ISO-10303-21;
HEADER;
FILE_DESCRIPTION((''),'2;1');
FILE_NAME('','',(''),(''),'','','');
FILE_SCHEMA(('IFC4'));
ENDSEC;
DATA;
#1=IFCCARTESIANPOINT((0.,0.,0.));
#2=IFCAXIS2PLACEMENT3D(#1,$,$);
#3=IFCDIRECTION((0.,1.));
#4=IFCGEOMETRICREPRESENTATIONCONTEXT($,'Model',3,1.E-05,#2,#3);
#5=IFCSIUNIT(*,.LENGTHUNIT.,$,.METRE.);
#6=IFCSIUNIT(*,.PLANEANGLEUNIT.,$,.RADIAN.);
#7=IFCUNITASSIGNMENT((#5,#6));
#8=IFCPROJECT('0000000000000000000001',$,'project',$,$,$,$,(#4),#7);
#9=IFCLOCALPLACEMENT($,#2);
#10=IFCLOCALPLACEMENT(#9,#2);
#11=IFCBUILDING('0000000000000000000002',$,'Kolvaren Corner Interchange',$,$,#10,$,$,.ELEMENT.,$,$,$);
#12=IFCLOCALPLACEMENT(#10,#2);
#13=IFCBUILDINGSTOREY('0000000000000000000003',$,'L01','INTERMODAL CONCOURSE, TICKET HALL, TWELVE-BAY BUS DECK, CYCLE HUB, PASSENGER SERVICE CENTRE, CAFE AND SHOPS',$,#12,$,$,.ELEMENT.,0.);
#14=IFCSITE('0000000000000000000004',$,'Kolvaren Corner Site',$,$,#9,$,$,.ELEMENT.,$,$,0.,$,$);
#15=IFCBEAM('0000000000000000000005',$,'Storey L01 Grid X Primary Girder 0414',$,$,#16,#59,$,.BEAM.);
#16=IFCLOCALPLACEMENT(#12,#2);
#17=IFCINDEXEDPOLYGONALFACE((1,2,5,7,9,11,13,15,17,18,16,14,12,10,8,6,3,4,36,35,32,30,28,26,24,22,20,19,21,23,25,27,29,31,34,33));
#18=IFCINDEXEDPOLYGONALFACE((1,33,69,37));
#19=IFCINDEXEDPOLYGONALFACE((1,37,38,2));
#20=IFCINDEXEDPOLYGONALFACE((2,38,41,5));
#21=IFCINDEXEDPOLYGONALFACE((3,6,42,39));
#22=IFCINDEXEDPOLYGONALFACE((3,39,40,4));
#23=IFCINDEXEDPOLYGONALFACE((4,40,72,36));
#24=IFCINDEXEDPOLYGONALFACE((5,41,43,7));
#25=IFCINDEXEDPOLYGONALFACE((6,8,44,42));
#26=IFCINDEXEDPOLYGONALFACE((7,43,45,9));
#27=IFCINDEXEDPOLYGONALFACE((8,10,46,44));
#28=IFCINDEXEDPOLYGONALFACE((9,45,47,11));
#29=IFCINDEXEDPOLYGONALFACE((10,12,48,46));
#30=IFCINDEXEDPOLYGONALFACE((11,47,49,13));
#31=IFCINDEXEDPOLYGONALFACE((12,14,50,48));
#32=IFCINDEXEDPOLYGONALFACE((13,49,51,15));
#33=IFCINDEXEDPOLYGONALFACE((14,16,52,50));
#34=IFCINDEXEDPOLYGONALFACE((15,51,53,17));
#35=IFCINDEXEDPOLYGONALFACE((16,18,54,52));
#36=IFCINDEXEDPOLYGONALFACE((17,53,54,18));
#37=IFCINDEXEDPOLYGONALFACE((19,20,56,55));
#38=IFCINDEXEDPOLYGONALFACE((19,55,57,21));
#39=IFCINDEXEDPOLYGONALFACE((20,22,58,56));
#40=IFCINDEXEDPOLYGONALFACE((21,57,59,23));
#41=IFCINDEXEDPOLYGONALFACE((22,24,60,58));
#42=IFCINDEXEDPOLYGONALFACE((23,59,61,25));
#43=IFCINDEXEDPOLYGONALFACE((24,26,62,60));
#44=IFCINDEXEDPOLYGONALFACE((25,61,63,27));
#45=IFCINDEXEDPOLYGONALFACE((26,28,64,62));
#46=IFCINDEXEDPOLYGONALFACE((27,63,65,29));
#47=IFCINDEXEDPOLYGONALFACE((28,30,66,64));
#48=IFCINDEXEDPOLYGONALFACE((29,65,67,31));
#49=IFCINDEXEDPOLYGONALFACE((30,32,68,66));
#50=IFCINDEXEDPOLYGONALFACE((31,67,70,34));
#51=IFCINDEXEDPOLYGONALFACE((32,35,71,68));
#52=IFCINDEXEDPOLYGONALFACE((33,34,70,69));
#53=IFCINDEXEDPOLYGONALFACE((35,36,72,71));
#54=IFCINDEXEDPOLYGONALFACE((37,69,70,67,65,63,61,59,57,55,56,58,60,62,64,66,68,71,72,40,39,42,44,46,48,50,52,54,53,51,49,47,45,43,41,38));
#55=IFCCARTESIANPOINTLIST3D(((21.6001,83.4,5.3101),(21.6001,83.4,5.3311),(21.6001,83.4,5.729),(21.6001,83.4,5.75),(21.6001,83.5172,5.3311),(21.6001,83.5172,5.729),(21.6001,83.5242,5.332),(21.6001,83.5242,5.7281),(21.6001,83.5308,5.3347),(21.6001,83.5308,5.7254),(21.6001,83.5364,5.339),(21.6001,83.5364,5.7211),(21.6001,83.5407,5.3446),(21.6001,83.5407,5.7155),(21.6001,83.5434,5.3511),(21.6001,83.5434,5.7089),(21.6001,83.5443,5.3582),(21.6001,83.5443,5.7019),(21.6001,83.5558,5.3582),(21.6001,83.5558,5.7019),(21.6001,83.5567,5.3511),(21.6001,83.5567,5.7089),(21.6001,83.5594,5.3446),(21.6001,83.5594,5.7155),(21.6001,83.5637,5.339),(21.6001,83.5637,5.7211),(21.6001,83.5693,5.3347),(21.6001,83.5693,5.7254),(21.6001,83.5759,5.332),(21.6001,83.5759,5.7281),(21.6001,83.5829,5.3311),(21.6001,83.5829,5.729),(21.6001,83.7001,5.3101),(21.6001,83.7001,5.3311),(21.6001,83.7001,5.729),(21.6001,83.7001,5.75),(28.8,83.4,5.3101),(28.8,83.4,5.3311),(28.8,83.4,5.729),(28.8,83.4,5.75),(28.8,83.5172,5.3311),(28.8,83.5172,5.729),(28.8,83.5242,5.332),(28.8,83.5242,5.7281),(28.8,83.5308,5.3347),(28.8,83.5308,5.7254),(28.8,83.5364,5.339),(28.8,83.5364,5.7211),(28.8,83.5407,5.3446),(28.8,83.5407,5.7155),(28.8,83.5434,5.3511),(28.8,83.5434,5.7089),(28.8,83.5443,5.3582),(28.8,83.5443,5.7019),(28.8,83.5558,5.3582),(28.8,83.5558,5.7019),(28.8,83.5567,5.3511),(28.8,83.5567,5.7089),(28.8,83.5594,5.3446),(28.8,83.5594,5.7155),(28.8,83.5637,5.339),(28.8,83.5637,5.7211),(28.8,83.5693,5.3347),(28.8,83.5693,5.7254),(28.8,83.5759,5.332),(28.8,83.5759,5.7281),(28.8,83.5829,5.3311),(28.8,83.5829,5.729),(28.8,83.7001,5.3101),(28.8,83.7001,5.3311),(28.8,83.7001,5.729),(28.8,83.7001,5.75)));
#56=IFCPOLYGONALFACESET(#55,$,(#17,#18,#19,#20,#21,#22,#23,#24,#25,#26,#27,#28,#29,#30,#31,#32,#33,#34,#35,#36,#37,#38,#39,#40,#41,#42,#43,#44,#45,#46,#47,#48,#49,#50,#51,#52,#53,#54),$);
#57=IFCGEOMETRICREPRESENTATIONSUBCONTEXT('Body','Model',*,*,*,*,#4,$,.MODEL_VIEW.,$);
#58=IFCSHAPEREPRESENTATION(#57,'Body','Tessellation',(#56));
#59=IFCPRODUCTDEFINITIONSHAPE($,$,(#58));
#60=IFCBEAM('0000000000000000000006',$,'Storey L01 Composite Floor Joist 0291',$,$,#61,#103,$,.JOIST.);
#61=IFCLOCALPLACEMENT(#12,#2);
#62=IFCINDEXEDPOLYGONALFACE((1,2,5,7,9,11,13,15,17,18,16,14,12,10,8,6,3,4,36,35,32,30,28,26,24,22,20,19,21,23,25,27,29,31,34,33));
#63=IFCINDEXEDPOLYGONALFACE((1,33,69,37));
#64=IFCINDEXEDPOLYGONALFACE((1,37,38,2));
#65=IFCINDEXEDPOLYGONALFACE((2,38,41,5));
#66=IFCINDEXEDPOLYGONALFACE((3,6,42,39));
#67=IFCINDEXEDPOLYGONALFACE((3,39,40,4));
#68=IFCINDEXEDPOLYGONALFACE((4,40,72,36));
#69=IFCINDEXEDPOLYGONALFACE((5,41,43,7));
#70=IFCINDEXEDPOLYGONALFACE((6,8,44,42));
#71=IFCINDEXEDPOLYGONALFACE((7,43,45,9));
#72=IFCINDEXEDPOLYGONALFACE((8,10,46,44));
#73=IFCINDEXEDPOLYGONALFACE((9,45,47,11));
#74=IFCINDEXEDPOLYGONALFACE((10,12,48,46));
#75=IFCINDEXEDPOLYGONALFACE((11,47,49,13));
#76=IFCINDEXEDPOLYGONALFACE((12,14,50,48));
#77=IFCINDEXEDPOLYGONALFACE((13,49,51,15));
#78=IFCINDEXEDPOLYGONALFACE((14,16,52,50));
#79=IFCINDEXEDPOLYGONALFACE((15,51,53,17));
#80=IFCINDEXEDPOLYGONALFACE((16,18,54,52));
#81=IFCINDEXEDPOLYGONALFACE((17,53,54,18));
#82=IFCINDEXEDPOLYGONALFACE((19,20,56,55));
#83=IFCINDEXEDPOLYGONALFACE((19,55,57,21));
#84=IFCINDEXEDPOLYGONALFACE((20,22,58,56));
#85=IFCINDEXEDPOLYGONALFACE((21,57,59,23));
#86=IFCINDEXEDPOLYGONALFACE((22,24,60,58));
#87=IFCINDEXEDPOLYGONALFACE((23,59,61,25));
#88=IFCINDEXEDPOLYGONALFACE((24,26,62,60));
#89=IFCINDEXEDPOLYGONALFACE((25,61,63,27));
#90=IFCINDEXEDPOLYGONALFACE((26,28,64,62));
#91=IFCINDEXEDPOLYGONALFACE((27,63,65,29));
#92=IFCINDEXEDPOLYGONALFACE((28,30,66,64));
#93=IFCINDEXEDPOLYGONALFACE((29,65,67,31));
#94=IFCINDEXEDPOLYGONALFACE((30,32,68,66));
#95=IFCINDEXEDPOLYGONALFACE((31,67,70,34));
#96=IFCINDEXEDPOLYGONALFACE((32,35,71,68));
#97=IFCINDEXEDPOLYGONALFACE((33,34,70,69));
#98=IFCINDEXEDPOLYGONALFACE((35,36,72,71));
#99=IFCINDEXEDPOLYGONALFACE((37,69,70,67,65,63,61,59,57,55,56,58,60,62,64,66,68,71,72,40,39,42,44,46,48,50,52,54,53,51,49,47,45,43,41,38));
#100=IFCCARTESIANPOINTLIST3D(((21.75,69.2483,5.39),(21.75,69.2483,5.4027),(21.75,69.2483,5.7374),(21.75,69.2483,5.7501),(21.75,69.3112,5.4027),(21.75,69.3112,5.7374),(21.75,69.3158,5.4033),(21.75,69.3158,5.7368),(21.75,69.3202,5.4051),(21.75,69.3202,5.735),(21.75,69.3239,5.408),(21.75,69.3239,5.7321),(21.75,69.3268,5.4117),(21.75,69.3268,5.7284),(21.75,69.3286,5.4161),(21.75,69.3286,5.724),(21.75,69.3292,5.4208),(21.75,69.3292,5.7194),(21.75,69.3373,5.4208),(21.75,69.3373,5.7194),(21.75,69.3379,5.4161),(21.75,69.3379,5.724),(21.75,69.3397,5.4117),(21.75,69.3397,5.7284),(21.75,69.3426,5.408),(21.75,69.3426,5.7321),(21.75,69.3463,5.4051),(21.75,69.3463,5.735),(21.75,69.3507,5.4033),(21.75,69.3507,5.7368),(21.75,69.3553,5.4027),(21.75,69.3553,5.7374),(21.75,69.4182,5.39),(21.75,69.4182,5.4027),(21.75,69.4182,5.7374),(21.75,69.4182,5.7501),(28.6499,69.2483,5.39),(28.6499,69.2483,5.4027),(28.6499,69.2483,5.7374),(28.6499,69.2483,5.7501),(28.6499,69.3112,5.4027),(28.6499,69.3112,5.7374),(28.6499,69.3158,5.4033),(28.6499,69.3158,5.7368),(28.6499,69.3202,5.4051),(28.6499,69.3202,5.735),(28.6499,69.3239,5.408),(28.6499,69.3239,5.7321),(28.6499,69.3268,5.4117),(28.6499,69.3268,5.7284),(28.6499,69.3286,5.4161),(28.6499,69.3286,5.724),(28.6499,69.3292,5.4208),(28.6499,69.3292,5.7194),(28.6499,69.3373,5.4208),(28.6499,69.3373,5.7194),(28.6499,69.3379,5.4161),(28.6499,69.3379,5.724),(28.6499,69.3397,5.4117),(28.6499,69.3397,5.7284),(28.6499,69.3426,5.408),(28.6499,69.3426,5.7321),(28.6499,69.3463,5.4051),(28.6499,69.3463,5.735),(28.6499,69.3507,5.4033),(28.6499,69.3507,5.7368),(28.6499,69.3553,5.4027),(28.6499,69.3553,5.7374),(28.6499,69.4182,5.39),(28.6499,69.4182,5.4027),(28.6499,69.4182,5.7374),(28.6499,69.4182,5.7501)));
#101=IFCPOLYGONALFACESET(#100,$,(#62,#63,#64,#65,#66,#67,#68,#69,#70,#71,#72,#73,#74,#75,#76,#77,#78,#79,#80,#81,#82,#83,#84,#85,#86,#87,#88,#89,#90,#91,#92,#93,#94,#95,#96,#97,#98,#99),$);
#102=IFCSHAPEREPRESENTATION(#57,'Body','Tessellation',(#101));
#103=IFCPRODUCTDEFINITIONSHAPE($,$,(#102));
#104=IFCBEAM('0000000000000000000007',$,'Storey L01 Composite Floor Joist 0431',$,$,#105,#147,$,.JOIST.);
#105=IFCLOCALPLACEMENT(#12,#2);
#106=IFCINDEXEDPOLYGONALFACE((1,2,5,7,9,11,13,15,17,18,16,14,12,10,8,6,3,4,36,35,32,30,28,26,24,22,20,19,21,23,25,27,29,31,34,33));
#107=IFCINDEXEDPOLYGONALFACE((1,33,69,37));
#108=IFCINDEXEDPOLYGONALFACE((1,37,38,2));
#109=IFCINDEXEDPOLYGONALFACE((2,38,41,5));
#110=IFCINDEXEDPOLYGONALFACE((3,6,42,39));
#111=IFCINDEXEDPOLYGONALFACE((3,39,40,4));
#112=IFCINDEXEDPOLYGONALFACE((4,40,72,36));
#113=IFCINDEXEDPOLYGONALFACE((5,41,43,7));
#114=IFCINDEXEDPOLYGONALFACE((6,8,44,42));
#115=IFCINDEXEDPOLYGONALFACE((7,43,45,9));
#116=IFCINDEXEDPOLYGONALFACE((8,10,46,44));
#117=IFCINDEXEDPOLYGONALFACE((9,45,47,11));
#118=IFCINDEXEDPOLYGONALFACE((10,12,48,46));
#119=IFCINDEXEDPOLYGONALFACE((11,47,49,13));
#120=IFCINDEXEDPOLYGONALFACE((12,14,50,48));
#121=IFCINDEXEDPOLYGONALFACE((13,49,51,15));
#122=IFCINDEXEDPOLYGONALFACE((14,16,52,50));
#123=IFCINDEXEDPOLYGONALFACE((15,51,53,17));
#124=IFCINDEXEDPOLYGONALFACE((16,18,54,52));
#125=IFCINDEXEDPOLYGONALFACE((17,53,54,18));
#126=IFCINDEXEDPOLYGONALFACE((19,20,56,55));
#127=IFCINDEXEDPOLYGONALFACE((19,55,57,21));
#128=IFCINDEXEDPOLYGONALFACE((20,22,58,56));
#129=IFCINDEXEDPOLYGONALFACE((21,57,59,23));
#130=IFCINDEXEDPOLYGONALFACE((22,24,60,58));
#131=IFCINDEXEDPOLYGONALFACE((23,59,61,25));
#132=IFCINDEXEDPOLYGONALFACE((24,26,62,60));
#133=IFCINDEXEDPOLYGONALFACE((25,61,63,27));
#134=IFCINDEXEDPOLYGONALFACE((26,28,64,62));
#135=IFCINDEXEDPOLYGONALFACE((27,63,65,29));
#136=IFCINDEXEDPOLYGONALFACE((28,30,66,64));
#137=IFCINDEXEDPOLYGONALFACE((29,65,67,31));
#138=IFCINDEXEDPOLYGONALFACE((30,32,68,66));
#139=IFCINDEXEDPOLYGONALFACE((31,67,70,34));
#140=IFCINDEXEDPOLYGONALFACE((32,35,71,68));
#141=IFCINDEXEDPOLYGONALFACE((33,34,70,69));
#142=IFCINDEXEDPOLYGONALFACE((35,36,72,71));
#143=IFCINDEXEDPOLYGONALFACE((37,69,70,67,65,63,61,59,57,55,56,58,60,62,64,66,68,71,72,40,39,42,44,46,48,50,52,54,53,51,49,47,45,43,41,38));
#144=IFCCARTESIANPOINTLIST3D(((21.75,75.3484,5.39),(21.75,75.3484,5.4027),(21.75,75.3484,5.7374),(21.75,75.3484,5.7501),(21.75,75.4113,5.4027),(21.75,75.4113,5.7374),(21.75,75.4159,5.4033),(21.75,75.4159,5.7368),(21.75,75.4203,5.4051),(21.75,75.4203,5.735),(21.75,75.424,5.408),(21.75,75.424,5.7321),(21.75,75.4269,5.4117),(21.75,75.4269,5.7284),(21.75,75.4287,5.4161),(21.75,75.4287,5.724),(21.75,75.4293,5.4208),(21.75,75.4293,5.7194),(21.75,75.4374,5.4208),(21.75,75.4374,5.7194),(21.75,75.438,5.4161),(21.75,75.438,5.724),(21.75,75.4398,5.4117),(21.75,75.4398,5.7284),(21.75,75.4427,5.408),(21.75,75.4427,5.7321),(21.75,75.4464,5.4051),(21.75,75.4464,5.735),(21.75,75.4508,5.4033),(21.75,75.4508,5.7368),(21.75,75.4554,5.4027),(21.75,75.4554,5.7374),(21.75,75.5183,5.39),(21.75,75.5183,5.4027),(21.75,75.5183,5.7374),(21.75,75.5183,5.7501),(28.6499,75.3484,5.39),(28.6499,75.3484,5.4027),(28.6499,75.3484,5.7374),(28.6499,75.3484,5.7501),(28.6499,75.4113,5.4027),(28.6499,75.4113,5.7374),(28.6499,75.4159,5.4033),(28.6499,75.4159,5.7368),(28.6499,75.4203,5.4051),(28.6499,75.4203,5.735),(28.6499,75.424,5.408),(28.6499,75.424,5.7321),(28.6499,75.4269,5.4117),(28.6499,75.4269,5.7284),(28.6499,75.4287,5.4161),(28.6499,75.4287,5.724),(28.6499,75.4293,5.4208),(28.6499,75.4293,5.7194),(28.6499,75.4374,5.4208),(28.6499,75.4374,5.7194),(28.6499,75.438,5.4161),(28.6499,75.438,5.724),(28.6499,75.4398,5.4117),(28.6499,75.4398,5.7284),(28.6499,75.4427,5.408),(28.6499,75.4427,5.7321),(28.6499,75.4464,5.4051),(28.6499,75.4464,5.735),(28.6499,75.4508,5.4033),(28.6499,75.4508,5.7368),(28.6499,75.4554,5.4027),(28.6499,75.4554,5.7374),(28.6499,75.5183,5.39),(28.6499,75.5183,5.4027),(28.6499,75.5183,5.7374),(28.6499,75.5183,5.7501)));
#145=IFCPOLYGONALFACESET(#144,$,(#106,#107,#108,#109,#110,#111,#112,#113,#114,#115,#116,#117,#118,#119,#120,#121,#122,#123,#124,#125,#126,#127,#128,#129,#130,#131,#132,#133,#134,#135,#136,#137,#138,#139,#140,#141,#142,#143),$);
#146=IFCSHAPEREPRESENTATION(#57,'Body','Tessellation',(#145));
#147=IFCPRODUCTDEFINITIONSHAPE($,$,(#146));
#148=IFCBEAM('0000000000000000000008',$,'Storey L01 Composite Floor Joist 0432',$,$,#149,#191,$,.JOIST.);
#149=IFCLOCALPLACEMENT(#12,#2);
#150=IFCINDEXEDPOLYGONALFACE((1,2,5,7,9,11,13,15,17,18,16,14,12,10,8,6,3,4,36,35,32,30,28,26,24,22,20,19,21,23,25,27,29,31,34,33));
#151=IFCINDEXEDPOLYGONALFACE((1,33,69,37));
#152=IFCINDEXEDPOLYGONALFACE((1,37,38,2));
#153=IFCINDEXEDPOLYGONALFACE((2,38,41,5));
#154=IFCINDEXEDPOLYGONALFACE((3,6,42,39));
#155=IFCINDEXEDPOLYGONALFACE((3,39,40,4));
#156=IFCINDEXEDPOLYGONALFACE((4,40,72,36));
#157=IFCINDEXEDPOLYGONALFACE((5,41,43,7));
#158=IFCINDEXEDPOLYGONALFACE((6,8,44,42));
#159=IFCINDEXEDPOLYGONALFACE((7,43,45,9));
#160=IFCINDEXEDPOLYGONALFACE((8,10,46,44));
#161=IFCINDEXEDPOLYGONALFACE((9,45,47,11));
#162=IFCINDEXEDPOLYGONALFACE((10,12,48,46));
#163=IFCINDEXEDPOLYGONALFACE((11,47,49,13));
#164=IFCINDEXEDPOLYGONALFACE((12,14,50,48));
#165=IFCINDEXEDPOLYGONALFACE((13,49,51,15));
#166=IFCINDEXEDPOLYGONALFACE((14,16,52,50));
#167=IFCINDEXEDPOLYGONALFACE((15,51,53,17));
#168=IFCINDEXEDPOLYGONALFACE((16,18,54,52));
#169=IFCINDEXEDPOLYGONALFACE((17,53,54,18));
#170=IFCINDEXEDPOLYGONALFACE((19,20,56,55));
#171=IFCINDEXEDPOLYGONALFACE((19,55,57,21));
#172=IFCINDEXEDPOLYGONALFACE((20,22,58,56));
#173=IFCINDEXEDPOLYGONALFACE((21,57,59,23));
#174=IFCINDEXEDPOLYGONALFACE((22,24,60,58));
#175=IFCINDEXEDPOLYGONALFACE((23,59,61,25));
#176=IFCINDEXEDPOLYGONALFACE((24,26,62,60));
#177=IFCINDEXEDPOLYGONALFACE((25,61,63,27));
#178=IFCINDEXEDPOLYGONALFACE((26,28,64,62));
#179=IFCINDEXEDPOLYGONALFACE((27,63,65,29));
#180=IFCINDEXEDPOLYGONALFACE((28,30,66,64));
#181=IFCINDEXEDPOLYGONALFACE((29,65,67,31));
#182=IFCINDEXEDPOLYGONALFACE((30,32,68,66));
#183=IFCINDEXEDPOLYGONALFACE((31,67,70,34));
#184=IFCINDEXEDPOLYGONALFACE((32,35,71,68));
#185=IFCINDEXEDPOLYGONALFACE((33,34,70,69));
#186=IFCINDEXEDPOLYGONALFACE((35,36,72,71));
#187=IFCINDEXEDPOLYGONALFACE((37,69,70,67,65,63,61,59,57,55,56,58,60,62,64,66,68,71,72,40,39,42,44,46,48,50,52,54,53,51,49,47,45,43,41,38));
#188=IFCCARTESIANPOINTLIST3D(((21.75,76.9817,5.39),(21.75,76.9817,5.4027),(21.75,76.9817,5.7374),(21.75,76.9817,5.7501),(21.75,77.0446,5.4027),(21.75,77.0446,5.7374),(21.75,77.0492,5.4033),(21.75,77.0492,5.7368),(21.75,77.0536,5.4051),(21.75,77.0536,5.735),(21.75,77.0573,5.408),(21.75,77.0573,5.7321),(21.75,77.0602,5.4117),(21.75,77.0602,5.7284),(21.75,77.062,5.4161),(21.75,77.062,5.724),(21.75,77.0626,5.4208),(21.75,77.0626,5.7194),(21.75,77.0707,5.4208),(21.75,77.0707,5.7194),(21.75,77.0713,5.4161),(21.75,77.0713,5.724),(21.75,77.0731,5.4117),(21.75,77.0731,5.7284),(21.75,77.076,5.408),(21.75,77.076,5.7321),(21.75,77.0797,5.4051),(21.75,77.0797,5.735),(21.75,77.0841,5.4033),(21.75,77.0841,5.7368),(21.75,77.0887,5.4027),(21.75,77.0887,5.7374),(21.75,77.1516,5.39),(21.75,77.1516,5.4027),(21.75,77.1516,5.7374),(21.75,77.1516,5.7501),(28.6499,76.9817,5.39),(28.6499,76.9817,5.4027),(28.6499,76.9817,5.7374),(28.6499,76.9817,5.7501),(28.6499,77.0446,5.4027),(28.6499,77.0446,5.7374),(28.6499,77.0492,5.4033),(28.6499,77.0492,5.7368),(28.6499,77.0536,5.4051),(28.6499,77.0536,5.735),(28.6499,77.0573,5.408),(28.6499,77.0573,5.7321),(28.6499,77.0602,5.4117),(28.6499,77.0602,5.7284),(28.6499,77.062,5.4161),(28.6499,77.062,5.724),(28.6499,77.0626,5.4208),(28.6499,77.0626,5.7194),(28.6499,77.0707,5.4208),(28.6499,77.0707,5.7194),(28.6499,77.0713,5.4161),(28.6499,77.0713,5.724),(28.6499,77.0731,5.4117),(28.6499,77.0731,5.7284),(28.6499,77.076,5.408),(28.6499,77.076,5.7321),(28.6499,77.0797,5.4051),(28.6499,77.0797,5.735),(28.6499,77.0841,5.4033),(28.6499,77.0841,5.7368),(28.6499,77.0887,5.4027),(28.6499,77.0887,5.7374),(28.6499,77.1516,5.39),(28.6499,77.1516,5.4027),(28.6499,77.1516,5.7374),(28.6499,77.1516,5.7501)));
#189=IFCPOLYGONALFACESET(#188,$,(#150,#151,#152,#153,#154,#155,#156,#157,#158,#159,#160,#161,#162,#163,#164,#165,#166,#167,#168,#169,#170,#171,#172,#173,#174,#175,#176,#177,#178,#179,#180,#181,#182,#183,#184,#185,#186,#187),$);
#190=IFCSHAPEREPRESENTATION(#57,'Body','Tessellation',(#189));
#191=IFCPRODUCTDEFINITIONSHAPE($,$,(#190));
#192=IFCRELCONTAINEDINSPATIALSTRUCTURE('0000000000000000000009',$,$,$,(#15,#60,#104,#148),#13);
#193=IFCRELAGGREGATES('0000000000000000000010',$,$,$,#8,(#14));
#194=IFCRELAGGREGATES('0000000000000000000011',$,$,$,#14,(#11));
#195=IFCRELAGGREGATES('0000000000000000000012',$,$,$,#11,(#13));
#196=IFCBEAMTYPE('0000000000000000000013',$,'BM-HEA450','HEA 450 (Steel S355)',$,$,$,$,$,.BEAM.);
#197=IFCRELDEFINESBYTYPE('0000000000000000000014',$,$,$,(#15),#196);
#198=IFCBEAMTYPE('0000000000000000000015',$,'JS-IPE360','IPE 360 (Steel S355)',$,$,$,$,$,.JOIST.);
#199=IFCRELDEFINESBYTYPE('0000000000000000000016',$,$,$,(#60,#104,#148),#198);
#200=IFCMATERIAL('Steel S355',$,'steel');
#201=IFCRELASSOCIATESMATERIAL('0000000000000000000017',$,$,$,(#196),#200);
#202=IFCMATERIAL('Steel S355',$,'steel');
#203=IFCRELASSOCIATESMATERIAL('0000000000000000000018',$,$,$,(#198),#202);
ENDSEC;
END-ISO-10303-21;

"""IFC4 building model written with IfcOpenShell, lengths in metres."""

from ifc_helpers import new_model, si_unit, direction, frame, origin, origin_2d, place, context, subcontext, project, spatial, i_section, extrude, material, material_profile, profile_set, type_object, element, save


model = new_model("IFC4")

# Units and contexts
model_context = context("Model", 3, precision=1e-05, world=origin(), true_north=direction((0.0, 1.0)))
body_context = subcontext(model_context, "Body", "Model", "MODEL_VIEW")
ifc_project = project(units=[si_unit("LENGTHUNIT", "METRE"), si_unit("PLANEANGLEUNIT", "RADIAN")], contexts=[model_context])

# Site, building, storey
site_placement = place(None, origin())
site = spatial("IfcSite", under=ifc_project, at=site_placement, Name="Kolvaren Corner Site", CompositionType="ELEMENT", RefElevation=0.0)
building_placement = place(site_placement, origin())
building = spatial("IfcBuilding", under=site, at=building_placement, Name="Kolvaren Corner Interchange", CompositionType="ELEMENT")
storey_placement = place(building_placement, origin())
storey = spatial("IfcBuildingStorey", under=building, at=storey_placement, Name="L01", Description="INTERMODAL CONCOURSE, TICKET HALL, TWELVE-BAY BUS DECK, CYCLE HUB, PASSENGER SERVICE CENTRE, CAFE AND SHOPS", CompositionType="ELEMENT", Elevation=0.0)

# Beams
ifc_material_1 = material(Name="Steel S355", Category="steel")
ifc_material_profile_1 = material_profile(ifc_material_1, i_section(OverallWidth=0.3, OverallDepth=0.4399, WebThickness=0.0115, FlangeThickness=0.021, FilletRadius=0.0271, at=origin_2d()), Name="HEA 450")
ifc_profile_set_1 = profile_set([ifc_material_profile_1], Name="Steel S355")
beam_type_1 = type_object("IfcBeamType", Name="BM-HEA450", Description="HEA 450 (Steel S355)", PredefinedType="BEAM", material=ifc_profile_set_1)
for number, where, z_axis, x_axis, name in (
    (1, (21.6001, 83.55, 5.53), (1.0, 0.0, 0.0), (0.0, 1.0, 0.0), "Storey L01 Grid X Primary Girder 0414"),
):
    element("IfcBeam", number, at=place(storey_placement, frame(where, z_axis=z_axis, x_axis=x_axis)), inside=storey, type_object=beam_type_1, Name=name, PredefinedType="BEAM", context=body_context, shape_type="SweptSolid", body=[
        extrude(i_section(OverallWidth=0.3, OverallDepth=0.4399, WebThickness=0.0115, FlangeThickness=0.021, FilletRadius=0.0271, at=origin_2d()), origin(), (0.0, 0.0, 1.0), 7.2),
    ])
ifc_material_2 = material(Name="Steel S355", Category="steel")
ifc_material_profile_2 = material_profile(ifc_material_2, i_section(OverallWidth=0.1699, OverallDepth=0.3601, WebThickness=0.0081, FlangeThickness=0.0127, FilletRadius=0.0181, at=origin_2d()), Name="IPE 360")
ifc_profile_set_2 = profile_set([ifc_material_profile_2], Name="Steel S355")
beam_type_2 = type_object("IfcBeamType", Name="JS-IPE360", Description="IPE 360 (Steel S355)", PredefinedType="JOIST", material=ifc_profile_set_2)
for number, where, z_axis, x_axis, name in (
    (2, (21.75, 69.3333, 5.5701), (1.0, 0.0, 0.0), (0.0, 1.0, 0.0), "Storey L01 Composite Floor Joist 0291"),
    (3, (21.75, 75.4333, 5.5701), (1.0, 0.0, 0.0), (0.0, 1.0, 0.0), "Storey L01 Composite Floor Joist 0431"),
    (4, (21.75, 77.0667, 5.5701), (1.0, 0.0, 0.0), (0.0, 1.0, 0.0), "Storey L01 Composite Floor Joist 0432"),
):
    element("IfcBeam", number, at=place(storey_placement, frame(where, z_axis=z_axis, x_axis=x_axis)), inside=storey, type_object=beam_type_2, Name=name, PredefinedType="JOIST", context=body_context, shape_type="SweptSolid", body=[
        extrude(i_section(OverallWidth=0.1699, OverallDepth=0.3601, WebThickness=0.0081, FlangeThickness=0.0127, FilletRadius=0.0181, at=origin_2d()), origin(), (0.0, 0.0, 1.0), 6.8999),
    ])

save(model, "model.ifc")
